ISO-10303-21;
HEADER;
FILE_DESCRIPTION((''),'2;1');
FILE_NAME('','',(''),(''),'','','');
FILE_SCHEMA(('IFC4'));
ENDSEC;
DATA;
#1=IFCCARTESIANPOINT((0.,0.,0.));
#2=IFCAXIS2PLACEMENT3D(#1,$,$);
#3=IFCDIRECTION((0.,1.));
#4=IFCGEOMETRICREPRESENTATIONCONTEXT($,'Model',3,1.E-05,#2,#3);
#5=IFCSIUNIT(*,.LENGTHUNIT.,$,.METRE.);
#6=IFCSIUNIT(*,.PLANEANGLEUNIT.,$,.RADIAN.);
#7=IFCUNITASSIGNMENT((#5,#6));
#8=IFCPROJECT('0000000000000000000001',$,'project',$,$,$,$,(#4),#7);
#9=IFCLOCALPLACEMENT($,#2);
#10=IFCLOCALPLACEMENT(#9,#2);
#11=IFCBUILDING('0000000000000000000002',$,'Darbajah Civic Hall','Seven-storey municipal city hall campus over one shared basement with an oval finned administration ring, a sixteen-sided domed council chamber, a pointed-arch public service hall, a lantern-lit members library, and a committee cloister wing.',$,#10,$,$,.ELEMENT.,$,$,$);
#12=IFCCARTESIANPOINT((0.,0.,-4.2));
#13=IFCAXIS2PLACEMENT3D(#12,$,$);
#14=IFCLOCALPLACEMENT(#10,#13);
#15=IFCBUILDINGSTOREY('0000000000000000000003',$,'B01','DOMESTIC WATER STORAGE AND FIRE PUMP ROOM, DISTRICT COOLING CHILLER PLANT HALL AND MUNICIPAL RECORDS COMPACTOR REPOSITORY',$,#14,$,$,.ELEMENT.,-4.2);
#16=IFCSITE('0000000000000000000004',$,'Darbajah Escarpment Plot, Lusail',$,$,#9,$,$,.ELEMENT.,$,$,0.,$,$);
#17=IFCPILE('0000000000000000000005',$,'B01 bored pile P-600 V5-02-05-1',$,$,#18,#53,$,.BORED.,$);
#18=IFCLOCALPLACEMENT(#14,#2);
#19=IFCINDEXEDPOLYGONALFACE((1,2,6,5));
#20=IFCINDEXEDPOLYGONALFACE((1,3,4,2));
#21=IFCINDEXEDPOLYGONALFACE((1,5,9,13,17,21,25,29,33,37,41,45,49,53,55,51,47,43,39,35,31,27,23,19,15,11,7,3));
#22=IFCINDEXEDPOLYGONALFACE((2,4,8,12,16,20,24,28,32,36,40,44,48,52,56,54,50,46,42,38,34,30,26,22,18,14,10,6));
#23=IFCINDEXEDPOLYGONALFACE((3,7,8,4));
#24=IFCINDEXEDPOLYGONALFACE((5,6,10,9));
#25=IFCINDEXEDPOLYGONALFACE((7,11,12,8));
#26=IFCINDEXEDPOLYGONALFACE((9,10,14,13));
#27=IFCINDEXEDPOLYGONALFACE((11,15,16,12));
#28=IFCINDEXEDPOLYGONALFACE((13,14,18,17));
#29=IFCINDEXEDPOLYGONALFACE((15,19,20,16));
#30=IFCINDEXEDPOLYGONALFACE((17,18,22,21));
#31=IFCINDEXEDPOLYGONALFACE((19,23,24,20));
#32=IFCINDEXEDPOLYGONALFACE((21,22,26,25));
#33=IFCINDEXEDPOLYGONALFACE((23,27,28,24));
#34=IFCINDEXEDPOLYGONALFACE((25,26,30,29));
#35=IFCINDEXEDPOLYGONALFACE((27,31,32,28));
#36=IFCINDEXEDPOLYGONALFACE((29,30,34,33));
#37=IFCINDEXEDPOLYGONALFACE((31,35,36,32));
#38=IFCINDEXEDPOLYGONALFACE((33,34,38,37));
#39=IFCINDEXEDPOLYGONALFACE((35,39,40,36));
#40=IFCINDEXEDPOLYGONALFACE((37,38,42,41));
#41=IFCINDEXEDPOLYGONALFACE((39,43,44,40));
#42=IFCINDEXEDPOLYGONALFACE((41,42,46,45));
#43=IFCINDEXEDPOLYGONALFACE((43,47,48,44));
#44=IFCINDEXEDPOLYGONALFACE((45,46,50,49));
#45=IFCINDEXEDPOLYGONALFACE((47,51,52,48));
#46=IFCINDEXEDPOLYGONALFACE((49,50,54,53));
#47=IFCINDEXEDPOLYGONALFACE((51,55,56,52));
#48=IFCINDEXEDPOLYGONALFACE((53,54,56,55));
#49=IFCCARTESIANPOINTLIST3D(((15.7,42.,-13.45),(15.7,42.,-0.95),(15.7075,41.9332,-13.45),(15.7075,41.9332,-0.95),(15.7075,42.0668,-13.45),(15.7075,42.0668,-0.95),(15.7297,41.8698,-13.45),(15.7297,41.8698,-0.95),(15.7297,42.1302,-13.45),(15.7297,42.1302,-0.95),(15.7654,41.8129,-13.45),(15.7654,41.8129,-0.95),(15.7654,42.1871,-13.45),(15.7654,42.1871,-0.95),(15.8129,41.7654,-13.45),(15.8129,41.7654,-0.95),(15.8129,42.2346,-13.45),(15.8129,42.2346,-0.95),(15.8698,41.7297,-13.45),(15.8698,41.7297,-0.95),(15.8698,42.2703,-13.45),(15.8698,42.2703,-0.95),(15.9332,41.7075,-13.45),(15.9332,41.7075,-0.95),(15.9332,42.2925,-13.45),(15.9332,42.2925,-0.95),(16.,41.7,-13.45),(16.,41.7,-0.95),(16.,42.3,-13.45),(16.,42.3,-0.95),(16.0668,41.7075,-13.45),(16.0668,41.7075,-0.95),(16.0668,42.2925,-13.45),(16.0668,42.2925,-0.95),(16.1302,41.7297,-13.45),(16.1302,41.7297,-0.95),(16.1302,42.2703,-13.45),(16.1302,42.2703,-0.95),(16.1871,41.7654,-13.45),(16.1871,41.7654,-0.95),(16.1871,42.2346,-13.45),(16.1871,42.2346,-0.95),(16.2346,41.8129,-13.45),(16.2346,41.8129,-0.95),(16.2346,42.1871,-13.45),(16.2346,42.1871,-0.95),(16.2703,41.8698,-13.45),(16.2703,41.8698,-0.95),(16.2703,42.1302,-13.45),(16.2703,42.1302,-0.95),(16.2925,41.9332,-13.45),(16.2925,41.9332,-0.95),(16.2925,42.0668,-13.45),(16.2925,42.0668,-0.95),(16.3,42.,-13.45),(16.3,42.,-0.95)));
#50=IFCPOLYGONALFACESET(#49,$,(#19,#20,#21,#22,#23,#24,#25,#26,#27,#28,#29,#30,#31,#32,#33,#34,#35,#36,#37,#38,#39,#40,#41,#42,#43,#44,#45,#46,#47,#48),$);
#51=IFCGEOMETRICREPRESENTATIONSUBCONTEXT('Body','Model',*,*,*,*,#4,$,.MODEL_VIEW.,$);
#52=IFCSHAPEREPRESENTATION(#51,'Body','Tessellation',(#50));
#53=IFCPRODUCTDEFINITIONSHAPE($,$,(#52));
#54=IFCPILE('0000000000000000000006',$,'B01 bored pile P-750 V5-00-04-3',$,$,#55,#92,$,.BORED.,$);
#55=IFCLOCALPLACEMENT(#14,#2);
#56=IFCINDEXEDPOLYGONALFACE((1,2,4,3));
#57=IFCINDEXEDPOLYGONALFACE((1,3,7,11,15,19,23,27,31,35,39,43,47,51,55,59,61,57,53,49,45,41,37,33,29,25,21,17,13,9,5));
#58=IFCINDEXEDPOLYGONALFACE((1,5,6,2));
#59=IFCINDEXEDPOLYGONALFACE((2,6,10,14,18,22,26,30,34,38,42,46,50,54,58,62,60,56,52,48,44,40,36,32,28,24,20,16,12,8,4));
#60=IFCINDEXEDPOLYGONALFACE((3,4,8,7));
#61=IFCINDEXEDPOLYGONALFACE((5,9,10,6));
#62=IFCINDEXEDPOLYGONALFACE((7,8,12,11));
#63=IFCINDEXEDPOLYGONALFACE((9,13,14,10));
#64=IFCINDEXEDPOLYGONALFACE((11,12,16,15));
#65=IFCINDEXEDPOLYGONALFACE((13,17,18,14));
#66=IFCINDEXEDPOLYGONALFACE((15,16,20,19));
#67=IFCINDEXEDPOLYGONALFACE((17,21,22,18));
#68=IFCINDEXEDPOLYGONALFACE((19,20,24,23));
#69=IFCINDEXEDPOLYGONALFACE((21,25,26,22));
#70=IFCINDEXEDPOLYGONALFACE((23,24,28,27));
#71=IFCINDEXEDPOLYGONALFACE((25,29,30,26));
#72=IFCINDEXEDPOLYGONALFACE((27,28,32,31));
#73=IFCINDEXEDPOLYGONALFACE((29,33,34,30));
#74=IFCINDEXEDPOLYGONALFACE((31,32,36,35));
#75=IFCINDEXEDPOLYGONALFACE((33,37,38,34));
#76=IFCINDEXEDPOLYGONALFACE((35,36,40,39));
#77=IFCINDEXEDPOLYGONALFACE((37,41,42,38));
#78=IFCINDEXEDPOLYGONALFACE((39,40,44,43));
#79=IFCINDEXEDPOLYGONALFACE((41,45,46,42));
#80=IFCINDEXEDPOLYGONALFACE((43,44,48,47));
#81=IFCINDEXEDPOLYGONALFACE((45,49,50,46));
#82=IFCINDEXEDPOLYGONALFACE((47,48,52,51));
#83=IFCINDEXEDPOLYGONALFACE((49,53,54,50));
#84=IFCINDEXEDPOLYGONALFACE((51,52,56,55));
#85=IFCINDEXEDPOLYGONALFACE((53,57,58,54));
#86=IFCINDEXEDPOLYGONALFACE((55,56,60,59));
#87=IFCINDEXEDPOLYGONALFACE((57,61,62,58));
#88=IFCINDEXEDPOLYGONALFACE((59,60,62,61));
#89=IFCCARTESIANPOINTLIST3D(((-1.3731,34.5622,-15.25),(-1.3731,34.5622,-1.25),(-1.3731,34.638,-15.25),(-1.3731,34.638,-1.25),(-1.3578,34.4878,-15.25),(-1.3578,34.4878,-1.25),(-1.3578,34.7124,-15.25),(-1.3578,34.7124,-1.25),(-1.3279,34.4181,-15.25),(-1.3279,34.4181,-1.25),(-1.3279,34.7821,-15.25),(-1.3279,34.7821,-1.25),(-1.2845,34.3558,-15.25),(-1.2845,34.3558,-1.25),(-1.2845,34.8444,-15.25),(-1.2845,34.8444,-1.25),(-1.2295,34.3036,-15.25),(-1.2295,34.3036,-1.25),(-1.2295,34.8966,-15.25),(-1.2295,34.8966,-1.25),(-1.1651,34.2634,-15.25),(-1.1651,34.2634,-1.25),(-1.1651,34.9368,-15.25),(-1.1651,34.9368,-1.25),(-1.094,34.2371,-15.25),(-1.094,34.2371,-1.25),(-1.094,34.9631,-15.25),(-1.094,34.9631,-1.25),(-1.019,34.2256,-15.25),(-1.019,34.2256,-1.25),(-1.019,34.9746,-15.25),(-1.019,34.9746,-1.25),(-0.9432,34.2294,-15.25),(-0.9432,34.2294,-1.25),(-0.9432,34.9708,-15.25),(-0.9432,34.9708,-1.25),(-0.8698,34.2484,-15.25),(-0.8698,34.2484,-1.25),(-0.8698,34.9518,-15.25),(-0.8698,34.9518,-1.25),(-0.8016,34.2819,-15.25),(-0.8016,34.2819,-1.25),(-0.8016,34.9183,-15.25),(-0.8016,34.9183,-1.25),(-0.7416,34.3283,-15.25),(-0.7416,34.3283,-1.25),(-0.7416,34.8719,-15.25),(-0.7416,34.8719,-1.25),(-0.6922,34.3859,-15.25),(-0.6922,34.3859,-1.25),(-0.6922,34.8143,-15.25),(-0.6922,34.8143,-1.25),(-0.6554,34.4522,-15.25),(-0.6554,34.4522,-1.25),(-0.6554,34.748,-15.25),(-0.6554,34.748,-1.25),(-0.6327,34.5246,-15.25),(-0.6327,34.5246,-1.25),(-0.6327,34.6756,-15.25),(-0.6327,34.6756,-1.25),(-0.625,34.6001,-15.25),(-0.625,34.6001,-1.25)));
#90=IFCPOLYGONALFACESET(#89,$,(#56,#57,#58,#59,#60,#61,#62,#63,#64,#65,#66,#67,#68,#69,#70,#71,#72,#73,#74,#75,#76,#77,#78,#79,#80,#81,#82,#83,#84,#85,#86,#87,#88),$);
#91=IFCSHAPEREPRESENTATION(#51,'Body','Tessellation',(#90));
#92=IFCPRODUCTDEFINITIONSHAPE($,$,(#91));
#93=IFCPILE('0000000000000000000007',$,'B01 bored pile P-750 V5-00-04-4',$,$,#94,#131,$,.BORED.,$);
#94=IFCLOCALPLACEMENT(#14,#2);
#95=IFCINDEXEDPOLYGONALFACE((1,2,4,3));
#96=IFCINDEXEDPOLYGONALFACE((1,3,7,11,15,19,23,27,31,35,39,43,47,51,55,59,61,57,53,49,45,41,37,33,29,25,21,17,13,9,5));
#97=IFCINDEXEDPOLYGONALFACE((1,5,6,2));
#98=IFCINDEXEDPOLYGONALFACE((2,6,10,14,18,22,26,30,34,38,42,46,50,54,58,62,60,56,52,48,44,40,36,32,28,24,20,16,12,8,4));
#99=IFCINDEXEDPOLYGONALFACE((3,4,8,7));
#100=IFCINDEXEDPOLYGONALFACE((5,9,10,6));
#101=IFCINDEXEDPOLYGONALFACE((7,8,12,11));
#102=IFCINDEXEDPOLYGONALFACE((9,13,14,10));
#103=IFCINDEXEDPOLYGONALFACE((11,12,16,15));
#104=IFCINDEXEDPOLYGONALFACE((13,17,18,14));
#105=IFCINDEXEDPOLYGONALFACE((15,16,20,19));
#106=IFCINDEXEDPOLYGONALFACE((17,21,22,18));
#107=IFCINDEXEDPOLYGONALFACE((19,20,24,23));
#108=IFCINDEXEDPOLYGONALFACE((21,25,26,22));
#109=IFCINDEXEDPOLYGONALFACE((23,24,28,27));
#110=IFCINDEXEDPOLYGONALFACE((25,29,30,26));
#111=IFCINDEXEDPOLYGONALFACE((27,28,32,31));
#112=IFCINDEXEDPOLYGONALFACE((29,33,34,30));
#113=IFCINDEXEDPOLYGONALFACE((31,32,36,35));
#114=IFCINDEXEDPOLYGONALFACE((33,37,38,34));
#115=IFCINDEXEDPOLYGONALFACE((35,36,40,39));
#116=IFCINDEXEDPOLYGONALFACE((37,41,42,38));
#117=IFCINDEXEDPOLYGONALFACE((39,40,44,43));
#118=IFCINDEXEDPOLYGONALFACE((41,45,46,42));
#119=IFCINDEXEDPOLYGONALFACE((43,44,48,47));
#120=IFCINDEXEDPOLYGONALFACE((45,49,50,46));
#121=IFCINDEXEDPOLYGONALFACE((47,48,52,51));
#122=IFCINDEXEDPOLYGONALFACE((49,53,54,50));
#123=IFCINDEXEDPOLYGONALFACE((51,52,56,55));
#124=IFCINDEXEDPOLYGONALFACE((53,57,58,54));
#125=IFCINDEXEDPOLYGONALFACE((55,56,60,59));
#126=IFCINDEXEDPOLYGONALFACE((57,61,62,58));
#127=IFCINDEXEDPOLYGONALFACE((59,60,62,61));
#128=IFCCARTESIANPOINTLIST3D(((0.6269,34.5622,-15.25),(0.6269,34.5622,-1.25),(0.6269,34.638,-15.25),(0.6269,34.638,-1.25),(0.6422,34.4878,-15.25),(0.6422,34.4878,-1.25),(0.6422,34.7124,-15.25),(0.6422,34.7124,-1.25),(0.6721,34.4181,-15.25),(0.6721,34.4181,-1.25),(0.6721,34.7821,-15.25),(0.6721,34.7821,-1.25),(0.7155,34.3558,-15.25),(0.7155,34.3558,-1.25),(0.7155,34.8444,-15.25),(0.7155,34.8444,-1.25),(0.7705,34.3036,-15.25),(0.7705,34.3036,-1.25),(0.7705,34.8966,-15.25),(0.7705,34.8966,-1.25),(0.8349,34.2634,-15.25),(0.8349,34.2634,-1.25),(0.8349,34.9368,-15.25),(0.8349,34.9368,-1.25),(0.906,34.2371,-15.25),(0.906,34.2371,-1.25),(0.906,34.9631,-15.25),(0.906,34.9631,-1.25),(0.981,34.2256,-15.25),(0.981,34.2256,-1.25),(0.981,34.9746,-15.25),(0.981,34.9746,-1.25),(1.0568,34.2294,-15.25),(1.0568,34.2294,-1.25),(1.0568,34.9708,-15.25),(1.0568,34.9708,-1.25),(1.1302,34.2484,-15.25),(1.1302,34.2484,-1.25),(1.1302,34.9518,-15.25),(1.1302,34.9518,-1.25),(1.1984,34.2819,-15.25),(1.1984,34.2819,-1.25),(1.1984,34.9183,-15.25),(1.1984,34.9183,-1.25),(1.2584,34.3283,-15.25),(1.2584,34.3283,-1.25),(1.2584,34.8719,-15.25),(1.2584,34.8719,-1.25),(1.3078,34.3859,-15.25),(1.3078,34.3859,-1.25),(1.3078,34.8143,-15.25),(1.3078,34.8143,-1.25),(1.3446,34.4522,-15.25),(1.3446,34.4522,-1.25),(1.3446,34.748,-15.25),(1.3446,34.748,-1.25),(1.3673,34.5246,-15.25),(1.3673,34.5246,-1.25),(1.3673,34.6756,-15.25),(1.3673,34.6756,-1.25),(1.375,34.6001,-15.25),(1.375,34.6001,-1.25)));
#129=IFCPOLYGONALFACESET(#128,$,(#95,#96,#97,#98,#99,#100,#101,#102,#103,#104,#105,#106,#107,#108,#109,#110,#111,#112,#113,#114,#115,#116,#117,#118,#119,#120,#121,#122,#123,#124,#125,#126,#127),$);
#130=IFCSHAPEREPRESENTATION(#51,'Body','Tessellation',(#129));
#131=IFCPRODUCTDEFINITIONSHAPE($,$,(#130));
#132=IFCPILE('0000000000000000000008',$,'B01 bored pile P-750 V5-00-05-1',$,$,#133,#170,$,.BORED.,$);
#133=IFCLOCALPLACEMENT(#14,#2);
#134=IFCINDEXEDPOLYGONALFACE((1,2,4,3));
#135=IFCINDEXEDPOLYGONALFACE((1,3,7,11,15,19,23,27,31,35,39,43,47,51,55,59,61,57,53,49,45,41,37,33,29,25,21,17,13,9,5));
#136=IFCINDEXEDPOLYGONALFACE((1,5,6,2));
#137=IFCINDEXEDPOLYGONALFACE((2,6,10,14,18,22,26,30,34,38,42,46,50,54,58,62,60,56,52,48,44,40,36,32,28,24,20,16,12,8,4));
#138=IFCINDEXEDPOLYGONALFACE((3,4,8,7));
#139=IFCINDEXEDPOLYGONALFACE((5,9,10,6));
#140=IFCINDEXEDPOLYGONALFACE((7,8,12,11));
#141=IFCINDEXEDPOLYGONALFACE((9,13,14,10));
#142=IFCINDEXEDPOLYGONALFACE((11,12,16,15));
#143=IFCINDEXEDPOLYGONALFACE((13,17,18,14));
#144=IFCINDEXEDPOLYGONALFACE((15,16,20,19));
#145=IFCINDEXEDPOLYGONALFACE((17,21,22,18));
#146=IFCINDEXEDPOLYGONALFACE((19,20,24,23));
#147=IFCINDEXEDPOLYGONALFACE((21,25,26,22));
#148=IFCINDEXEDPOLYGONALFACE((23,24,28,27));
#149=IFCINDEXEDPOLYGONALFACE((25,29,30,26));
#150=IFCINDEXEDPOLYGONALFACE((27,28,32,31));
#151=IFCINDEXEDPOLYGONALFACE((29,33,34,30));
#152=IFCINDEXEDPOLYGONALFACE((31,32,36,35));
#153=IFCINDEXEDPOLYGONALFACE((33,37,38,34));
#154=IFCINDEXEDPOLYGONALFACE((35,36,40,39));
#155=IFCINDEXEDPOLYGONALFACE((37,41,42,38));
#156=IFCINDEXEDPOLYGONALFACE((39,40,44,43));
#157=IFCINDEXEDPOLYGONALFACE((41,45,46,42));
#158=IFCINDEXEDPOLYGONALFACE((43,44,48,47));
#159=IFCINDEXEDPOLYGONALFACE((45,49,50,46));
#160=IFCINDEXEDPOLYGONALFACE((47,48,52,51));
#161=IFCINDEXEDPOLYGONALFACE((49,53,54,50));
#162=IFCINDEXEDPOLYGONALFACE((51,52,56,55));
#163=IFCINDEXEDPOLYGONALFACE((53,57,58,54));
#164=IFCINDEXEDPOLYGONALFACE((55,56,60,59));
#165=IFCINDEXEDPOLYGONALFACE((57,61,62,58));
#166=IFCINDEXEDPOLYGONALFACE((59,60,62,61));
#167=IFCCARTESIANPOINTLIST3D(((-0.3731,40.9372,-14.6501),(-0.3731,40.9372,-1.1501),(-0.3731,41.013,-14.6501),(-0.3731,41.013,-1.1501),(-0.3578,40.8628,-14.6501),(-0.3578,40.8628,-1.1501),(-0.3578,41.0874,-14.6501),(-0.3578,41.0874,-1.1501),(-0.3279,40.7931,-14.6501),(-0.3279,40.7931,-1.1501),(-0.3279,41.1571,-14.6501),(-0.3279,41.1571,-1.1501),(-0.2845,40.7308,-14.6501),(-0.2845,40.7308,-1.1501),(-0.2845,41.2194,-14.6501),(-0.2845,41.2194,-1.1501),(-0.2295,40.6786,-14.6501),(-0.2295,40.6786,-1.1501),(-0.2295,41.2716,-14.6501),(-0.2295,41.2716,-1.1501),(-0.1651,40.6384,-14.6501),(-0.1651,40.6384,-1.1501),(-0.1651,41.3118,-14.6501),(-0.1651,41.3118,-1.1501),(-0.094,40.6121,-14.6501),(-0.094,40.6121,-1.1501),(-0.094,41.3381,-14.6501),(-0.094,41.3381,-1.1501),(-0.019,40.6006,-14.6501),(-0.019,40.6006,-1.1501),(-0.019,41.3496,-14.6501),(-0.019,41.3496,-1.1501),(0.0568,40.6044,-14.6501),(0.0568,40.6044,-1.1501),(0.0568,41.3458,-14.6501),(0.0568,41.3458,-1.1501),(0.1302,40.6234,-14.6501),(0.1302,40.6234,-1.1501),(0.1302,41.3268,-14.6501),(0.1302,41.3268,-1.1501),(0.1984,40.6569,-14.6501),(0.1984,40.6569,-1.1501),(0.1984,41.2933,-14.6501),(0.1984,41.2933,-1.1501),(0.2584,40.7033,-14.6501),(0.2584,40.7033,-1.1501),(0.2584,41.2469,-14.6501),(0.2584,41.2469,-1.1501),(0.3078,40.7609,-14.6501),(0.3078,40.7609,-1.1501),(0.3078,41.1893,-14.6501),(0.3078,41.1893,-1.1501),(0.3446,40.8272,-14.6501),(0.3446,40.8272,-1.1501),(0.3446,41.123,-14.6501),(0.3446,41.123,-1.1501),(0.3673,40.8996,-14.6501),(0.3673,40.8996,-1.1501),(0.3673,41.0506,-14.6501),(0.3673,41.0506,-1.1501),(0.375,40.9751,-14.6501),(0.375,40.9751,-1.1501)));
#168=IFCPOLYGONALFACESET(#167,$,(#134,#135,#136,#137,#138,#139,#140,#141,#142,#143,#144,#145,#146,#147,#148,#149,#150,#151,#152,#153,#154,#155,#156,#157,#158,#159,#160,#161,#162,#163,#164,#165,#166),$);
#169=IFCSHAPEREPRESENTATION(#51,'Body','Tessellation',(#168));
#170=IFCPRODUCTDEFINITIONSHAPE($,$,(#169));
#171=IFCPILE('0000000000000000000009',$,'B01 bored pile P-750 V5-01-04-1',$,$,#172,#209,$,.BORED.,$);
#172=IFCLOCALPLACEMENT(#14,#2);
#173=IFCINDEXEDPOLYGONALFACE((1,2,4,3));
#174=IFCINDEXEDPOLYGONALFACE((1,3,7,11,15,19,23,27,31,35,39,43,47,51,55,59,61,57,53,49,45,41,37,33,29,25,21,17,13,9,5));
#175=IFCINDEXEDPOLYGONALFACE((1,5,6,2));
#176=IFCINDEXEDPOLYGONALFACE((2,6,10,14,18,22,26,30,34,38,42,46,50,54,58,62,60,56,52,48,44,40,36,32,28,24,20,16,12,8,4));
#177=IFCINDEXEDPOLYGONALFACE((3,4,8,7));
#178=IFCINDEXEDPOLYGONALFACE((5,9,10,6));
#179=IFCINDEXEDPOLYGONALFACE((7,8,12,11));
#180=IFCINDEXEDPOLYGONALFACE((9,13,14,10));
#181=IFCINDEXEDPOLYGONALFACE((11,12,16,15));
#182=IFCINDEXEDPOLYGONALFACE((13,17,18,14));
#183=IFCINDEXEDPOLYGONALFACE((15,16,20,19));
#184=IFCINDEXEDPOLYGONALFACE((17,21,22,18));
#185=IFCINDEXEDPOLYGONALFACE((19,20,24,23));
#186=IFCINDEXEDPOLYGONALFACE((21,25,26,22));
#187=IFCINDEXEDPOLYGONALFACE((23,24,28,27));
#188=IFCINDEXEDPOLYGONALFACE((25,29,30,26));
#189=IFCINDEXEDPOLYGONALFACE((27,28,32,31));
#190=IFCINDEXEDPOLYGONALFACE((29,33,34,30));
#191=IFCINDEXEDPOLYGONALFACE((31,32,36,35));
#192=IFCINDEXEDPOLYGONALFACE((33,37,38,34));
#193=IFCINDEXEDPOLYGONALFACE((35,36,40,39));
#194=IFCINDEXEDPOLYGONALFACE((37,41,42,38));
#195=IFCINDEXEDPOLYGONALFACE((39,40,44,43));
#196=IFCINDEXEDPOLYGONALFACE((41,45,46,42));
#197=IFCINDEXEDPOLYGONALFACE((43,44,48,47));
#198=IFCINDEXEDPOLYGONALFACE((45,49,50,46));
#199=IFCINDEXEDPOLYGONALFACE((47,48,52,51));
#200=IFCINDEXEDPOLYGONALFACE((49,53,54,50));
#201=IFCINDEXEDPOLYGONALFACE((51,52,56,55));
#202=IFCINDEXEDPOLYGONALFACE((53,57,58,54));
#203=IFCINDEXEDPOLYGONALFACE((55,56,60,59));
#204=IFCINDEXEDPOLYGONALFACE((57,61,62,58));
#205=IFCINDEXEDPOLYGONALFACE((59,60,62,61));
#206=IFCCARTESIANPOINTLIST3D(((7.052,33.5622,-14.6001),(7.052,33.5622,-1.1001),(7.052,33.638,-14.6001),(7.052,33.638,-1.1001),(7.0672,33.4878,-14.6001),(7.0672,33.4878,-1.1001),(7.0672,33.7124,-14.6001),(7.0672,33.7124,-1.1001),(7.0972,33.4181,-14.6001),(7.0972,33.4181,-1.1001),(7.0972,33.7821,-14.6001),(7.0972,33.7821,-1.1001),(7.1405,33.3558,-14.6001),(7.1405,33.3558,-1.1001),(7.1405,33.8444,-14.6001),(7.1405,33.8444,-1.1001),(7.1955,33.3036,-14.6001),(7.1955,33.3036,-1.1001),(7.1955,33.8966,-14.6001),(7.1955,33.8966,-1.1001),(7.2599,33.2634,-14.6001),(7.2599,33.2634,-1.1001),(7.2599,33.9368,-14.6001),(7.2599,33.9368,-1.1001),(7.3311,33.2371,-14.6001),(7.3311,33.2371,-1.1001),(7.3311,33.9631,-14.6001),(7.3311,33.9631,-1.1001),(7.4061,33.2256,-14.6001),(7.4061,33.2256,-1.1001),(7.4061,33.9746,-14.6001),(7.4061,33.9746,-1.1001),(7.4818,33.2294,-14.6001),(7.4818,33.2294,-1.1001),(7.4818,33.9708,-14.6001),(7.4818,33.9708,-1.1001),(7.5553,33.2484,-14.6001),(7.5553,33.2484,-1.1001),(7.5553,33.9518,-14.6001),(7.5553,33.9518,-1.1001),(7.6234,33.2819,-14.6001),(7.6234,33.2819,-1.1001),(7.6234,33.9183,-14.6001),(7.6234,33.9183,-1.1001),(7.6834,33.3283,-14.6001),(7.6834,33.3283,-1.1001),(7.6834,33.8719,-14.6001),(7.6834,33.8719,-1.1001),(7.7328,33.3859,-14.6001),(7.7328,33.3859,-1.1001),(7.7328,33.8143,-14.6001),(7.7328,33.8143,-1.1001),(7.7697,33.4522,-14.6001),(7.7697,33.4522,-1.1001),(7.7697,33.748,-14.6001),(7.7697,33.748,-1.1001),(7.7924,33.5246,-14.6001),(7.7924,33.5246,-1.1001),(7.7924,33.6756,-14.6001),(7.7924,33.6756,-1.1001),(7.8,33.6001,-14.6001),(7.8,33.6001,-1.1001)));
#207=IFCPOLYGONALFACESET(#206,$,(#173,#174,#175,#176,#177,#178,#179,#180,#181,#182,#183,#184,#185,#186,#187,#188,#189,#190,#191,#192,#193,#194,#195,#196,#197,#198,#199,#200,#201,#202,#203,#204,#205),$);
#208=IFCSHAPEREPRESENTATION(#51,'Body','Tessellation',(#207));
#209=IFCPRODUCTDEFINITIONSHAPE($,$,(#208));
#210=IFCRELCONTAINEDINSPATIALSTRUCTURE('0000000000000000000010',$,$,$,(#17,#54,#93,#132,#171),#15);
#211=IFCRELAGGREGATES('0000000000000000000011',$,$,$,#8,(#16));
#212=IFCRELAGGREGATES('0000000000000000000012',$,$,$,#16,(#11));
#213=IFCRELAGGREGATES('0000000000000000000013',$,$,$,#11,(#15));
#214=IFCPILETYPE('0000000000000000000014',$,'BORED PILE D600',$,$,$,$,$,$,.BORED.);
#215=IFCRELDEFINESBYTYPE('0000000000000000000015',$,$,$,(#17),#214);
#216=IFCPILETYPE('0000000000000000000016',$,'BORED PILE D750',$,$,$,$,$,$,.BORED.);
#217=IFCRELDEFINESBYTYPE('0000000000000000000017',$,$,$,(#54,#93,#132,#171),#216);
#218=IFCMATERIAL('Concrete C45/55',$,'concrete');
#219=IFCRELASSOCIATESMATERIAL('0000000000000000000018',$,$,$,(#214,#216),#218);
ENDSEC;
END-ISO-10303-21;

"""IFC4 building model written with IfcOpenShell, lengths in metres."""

from ifc_helpers import new_model, si_unit, direction, frame, origin, origin_2d, place, context, subcontext, project, spatial, circle, extrude, material, material_profile, profile_set, type_object, element, save


model = new_model("IFC4")

# Units and contexts
model_context = context("Model", 3, precision=1e-05, world=origin(), true_north=direction((0.0, 1.0)))
body_context = subcontext(model_context, "Body", "Model", "MODEL_VIEW")
ifc_project = project(units=[si_unit("LENGTHUNIT", "METRE"), si_unit("PLANEANGLEUNIT", "RADIAN")], contexts=[model_context])

# Site, building, storey
site_placement = place(None, origin())
site = spatial("IfcSite", under=ifc_project, at=site_placement, Name="Darbajah Escarpment Plot, Lusail", CompositionType="ELEMENT", RefElevation=0.0)
building_placement = place(site_placement, origin())
building = spatial("IfcBuilding", under=site, at=building_placement, Name="Darbajah Civic Hall", Description="Seven-storey municipal city hall campus over one shared basement with an oval finned administration ring, a sixteen-sided domed council chamber, a pointed-arch public service hall, a lantern-lit members library, and a committee cloister wing.", CompositionType="ELEMENT")
storey_placement = place(building_placement, frame((0.0, 0.0, -4.2)))
storey = spatial("IfcBuildingStorey", under=building, at=storey_placement, Name="B01", Description="DOMESTIC WATER STORAGE AND FIRE PUMP ROOM, DISTRICT COOLING CHILLER PLANT HALL AND MUNICIPAL RECORDS COMPACTOR REPOSITORY", CompositionType="ELEMENT", Elevation=-4.2)

# Piles
ifc_material_1 = material(Name="Concrete C45/55", Category="concrete")
ifc_material_profile_1 = material_profile(ifc_material_1, circle(Radius=0.3, at=origin_2d()), Name="BORED PILE D600")
ifc_profile_set_1 = profile_set([ifc_material_profile_1], Name="Concrete C45/55")
pile_type_1 = type_object("IfcPileType", Name="BORED PILE D600", PredefinedType="BORED", material=ifc_profile_set_1)
pile_placement = place(storey_placement, frame((16.0, 42.0, -0.95), z_axis=(0.0, 0.0, -1.0), x_axis=(1.0, 0.0, 0.0)))
element("IfcPile", 1, at=pile_placement, inside=storey, type_object=pile_type_1, Name="B01 bored pile P-600 V5-02-05-1", PredefinedType="BORED", context=body_context, shape_type="SweptSolid", body=[
    extrude(circle(Radius=0.3, at=origin_2d()), origin(), (0.0, 0.0, 1.0), 12.5),
])
ifc_material_profile_2 = material_profile(ifc_material_1, circle(Radius=0.375, at=origin_2d()), Name="BORED PILE D750")
ifc_profile_set_2 = profile_set([ifc_material_profile_2], Name="Concrete C45/55")
pile_type_2 = type_object("IfcPileType", Name="BORED PILE D750", PredefinedType="BORED", material=ifc_profile_set_2)
for number, where, z_axis, x_axis, name in (
    (2, (-1.0, 34.6001, -1.25), (0.0, 0.0, -1.0), (1.0, 0.0, 0.0), "B01 bored pile P-750 V5-00-04-3"),
    (3, (1.0, 34.6001, -1.25), (0.0, 0.0, -1.0), (1.0, 0.0, 0.0), "B01 bored pile P-750 V5-00-04-4"),
):
    element("IfcPile", number, at=place(storey_placement, frame(where, z_axis=z_axis, x_axis=x_axis)), inside=storey, type_object=pile_type_2, Name=name, PredefinedType="BORED", context=body_context, shape_type="SweptSolid", body=[
        extrude(circle(Radius=0.375, at=origin_2d()), origin(), (0.0, 0.0, 1.0), 14.0),
    ])
for number, where, z_axis, x_axis, name in (
    (4, (0.0, 40.9751, -1.1501), (0.0, 0.0, -1.0), (1.0, 0.0, 0.0), "B01 bored pile P-750 V5-00-05-1"),
    (5, (7.425, 33.6001, -1.1001), (0.0, 0.0, -1.0), (1.0, 0.0, 0.0), "B01 bored pile P-750 V5-01-04-1"),
):
    element("IfcPile", number, at=place(storey_placement, frame(where, z_axis=z_axis, x_axis=x_axis)), inside=storey, type_object=pile_type_2, Name=name, PredefinedType="BORED", context=body_context, shape_type="SweptSolid", body=[
        extrude(circle(Radius=0.375, at=origin_2d()), origin(), (0.0, 0.0, 1.0), 13.5),
    ])

save(model, "model.ifc")
